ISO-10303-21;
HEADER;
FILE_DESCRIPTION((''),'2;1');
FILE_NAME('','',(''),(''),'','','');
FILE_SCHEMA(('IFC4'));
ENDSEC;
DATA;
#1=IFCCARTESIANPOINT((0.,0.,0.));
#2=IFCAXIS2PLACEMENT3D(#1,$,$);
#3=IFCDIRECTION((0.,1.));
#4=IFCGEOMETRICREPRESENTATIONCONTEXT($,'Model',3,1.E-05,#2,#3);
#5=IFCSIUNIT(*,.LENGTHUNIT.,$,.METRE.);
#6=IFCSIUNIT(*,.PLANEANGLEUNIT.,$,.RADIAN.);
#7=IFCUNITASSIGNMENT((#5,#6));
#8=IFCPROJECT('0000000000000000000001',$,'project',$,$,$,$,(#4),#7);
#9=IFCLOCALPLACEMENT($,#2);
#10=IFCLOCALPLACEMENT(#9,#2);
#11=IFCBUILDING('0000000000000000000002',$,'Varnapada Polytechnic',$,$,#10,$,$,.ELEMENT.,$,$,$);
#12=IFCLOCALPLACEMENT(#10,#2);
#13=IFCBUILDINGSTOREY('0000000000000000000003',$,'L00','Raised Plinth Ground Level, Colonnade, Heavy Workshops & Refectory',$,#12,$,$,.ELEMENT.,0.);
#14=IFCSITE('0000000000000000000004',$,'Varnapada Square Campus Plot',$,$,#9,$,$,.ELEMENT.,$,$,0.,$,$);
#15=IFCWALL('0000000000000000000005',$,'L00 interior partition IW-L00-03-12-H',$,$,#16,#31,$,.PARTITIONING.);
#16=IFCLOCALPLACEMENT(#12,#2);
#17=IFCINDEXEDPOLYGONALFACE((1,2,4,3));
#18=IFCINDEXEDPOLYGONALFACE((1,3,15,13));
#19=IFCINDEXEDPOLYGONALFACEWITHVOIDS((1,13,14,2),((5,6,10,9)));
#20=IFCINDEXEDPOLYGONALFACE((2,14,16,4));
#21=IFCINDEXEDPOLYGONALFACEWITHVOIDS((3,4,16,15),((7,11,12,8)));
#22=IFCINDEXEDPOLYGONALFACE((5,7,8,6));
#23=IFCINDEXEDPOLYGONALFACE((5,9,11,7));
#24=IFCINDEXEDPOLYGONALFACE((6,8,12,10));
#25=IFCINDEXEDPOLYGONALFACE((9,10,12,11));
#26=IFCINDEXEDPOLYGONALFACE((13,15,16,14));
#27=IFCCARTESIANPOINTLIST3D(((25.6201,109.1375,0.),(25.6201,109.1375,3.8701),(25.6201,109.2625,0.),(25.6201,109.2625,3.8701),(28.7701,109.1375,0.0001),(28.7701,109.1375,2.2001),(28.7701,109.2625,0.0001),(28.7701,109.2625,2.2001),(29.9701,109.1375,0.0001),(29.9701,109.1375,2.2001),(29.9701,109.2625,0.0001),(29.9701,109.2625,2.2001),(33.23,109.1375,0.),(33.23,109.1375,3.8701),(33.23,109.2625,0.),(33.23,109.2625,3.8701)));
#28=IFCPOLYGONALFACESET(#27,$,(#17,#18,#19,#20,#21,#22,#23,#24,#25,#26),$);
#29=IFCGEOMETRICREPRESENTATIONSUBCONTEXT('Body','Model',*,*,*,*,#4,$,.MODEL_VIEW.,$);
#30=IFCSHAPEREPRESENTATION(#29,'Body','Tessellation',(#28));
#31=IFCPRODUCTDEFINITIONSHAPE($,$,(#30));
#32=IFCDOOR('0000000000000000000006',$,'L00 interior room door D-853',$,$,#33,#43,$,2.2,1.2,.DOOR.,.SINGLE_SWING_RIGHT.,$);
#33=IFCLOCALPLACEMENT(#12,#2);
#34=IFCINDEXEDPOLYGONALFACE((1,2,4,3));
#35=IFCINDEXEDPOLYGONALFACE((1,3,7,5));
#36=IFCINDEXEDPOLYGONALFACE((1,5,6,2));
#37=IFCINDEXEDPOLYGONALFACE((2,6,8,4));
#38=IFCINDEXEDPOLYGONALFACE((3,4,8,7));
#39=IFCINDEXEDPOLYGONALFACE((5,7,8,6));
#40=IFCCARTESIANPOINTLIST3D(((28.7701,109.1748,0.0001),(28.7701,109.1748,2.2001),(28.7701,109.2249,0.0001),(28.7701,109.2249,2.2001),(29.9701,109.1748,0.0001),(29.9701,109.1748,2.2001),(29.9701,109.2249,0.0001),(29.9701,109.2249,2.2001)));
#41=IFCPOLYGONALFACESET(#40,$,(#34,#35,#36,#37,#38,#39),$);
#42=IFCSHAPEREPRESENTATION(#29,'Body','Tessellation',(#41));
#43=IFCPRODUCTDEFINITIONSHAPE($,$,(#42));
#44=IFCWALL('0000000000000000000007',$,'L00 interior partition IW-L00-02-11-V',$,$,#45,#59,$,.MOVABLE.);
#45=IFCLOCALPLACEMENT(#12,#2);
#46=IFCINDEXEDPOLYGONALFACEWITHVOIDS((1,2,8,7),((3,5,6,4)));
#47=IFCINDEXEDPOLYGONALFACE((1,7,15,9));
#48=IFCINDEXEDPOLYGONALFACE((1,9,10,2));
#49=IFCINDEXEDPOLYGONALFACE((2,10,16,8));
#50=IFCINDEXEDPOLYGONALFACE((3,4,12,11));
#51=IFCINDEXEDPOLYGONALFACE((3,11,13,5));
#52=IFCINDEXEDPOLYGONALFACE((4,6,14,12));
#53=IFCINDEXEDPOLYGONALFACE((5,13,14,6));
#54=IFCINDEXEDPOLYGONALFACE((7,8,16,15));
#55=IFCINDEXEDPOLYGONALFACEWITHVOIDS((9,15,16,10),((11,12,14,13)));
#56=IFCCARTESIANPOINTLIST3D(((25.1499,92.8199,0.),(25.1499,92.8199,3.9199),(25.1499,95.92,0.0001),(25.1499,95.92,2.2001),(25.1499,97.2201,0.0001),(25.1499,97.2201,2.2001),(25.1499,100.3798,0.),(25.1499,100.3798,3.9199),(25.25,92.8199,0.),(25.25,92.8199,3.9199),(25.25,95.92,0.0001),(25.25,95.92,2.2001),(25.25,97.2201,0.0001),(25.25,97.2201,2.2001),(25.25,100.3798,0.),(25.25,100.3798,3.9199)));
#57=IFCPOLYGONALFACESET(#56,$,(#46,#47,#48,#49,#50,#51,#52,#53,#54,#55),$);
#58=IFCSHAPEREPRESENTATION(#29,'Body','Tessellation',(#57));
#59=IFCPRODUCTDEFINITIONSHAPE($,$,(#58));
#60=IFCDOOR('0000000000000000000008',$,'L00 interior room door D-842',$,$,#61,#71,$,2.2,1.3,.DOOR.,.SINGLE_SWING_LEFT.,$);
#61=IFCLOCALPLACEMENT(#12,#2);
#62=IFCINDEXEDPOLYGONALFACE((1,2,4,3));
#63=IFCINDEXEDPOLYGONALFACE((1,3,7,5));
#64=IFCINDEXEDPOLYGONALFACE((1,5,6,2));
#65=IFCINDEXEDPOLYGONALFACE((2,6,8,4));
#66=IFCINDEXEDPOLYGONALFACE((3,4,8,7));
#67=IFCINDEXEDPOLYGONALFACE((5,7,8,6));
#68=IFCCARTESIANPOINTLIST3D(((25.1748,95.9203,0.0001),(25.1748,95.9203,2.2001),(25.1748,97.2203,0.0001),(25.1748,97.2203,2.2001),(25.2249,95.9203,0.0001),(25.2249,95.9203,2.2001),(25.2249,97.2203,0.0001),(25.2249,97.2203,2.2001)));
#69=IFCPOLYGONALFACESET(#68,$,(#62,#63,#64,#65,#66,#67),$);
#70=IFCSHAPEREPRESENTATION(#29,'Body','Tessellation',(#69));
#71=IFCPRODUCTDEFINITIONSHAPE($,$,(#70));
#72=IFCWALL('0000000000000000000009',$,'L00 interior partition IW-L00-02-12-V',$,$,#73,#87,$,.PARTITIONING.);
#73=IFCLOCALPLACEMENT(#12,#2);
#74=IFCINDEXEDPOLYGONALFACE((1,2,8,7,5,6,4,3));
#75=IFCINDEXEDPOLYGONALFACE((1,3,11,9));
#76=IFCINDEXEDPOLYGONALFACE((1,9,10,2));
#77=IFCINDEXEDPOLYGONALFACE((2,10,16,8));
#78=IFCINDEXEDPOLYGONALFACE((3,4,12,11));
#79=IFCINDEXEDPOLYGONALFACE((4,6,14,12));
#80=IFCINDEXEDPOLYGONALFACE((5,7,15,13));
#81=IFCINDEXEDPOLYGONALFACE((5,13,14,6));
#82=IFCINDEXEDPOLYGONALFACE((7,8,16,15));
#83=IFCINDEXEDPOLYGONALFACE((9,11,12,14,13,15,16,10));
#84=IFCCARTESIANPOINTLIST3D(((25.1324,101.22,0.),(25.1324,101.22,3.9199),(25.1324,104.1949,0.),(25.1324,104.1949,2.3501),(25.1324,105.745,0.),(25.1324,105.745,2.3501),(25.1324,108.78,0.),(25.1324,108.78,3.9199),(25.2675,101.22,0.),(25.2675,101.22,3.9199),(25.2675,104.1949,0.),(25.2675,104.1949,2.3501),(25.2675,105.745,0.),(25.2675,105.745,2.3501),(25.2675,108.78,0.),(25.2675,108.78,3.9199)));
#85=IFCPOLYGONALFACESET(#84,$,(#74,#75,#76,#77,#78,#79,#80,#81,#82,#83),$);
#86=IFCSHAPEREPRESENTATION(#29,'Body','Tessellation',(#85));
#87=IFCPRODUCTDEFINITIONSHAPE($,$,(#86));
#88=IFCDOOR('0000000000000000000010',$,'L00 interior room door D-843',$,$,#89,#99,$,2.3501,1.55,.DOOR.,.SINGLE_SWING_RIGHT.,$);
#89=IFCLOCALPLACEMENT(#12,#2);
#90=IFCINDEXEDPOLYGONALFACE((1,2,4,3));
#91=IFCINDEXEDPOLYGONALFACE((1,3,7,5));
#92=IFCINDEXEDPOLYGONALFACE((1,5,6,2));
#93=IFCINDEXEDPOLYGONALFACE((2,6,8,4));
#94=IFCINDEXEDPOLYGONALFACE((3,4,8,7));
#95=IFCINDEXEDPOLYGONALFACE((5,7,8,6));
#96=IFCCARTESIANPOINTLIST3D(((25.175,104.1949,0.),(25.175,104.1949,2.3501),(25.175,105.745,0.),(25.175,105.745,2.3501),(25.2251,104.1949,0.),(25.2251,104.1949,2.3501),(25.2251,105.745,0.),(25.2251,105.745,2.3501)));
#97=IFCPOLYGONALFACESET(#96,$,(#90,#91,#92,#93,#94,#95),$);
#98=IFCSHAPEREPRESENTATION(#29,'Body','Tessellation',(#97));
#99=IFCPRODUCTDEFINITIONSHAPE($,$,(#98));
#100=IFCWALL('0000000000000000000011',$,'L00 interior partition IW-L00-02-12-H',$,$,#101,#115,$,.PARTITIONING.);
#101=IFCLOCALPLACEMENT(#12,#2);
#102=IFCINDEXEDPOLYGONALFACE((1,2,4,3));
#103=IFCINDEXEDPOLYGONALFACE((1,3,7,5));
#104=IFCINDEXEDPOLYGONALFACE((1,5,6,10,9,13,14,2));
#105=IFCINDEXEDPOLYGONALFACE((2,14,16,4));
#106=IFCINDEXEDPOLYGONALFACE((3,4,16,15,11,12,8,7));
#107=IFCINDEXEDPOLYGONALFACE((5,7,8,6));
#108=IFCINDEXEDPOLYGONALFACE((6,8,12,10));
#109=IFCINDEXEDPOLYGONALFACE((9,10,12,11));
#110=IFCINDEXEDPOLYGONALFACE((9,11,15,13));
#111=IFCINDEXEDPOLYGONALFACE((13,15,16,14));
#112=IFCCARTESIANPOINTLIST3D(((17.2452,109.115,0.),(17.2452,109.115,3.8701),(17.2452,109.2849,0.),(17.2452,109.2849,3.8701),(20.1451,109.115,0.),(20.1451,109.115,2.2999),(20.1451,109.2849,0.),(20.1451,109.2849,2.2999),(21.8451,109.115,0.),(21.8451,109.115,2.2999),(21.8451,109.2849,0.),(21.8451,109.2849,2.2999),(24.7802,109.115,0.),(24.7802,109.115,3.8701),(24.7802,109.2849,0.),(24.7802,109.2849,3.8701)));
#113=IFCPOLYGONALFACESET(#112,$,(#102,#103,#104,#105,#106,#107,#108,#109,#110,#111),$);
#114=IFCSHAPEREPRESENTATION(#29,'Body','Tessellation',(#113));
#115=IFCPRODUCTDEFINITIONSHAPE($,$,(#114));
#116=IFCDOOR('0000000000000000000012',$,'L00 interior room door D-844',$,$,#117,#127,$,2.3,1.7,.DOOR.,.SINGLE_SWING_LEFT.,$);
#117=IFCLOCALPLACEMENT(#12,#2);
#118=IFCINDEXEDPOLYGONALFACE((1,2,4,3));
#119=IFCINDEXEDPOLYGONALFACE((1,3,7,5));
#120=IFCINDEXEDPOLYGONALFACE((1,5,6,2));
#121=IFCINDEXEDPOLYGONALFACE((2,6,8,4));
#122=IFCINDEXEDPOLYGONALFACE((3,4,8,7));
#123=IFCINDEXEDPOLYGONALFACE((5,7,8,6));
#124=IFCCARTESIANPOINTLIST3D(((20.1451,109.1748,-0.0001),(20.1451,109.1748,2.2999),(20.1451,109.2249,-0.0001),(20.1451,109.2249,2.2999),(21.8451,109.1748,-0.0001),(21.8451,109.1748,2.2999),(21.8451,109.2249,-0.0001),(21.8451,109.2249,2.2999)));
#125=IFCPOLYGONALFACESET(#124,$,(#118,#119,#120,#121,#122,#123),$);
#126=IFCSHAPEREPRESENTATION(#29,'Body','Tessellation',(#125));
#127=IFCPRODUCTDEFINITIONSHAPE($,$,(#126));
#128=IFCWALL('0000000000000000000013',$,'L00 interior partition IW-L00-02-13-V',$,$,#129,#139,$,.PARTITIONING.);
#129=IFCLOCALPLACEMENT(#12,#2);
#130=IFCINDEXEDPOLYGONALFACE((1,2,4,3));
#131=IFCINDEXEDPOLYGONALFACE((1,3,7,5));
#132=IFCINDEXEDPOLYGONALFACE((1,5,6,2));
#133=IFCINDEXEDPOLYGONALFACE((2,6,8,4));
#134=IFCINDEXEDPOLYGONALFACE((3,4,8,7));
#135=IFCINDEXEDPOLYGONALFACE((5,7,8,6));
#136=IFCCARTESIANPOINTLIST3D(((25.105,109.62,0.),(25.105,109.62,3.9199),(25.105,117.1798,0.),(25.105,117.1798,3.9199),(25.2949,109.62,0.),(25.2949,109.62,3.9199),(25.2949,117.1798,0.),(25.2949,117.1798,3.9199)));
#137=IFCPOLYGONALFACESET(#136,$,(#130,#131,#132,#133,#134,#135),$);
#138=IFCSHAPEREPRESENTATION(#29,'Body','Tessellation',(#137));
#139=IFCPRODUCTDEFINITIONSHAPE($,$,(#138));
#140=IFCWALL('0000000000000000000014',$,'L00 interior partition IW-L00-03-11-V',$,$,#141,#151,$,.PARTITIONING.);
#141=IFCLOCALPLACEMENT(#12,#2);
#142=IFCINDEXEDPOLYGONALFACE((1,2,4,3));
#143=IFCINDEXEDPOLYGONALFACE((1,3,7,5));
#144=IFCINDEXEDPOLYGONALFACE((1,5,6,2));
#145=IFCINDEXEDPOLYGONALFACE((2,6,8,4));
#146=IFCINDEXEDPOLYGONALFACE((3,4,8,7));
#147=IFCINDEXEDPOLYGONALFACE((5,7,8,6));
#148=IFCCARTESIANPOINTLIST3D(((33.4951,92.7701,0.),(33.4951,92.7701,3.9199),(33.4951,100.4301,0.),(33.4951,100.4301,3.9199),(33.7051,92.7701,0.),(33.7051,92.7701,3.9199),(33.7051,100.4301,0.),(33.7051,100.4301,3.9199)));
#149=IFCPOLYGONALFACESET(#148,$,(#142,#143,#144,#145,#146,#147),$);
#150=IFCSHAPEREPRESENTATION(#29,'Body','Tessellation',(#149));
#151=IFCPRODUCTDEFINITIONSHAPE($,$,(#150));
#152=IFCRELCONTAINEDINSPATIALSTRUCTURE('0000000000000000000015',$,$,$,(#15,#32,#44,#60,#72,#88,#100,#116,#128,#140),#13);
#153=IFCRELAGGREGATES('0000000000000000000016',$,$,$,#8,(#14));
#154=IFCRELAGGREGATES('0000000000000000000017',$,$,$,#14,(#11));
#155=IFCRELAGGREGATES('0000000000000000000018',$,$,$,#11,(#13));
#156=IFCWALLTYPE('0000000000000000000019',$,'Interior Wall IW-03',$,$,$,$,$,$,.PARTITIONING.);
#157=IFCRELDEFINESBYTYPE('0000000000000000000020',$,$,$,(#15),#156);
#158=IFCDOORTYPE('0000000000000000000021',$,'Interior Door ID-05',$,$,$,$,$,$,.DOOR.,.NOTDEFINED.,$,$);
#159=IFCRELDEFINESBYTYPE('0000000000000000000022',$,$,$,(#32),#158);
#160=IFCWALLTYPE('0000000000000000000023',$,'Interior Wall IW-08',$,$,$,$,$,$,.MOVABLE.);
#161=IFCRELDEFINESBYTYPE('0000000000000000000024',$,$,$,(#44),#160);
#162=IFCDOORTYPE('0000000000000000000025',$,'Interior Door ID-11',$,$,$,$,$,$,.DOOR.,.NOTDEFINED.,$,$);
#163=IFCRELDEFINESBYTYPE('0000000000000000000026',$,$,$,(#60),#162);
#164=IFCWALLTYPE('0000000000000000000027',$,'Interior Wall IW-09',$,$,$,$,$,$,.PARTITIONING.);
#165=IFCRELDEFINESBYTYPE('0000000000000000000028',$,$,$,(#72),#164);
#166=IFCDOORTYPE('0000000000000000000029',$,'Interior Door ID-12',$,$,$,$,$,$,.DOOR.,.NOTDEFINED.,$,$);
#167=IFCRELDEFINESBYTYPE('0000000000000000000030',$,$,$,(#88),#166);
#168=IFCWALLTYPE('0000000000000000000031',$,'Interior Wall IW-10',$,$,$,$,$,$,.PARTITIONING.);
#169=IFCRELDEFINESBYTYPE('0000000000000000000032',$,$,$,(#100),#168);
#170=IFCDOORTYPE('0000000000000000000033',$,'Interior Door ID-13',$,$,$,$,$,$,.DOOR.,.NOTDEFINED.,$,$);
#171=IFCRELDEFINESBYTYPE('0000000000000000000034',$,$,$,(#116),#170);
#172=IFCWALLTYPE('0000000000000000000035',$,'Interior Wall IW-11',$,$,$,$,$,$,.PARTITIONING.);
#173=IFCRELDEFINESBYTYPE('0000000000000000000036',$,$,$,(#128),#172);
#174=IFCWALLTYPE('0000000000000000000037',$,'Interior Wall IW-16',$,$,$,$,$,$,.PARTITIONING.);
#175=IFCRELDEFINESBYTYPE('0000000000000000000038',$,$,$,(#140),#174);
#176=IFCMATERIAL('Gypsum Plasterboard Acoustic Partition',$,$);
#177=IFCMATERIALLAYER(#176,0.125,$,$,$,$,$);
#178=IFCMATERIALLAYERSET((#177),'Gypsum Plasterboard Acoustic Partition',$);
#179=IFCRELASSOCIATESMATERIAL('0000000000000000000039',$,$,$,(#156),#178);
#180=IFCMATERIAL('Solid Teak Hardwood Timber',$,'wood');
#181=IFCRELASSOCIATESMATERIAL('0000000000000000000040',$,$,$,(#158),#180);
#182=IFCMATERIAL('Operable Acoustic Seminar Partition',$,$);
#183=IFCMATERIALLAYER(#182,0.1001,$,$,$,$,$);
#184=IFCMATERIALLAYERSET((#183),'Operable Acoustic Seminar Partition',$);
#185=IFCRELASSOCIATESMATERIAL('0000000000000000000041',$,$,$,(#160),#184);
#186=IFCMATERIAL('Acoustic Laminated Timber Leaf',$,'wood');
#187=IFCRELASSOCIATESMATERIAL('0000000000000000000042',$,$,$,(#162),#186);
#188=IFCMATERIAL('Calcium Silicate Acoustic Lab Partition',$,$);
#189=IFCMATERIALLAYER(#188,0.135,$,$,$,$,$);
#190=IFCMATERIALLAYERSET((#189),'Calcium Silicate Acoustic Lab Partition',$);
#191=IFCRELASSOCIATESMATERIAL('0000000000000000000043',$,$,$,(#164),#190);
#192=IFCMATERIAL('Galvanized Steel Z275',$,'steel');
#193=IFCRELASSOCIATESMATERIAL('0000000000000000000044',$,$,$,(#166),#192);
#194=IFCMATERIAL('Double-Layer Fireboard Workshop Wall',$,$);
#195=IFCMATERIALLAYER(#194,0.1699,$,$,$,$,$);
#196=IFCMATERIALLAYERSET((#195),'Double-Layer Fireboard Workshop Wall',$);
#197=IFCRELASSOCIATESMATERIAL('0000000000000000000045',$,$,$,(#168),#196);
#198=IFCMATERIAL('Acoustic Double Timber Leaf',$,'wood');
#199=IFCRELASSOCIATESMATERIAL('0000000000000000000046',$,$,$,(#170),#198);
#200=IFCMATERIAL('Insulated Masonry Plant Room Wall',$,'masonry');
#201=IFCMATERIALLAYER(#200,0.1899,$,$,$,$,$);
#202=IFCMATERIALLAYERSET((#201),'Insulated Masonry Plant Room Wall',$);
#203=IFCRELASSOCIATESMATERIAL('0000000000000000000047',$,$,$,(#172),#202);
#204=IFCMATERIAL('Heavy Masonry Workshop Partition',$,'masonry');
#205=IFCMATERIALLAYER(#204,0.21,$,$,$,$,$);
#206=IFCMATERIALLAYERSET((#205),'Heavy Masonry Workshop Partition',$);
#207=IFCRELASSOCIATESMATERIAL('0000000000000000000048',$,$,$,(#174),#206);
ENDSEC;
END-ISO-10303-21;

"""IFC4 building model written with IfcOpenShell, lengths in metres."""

from ifc_helpers import new_model, si_unit, direction, frame, frame_2d, origin, place, context, subcontext, project, spatial, rectangle, extrude, material, layer, layer_set, type_object, element, fill, save


model = new_model("IFC4")

# Units and contexts
model_context = context("Model", 3, precision=1e-05, world=origin(), true_north=direction((0.0, 1.0)))
body_context = subcontext(model_context, "Body", "Model", "MODEL_VIEW")
ifc_project = project(units=[si_unit("LENGTHUNIT", "METRE"), si_unit("PLANEANGLEUNIT", "RADIAN")], contexts=[model_context])

# Site, building, storey
site_placement = place(None, origin())
site = spatial("IfcSite", under=ifc_project, at=site_placement, Name="Varnapada Square Campus Plot", CompositionType="ELEMENT", RefElevation=0.0)
building_placement = place(site_placement, origin())
building = spatial("IfcBuilding", under=site, at=building_placement, Name="Varnapada Polytechnic", CompositionType="ELEMENT")
storey_placement = place(building_placement, origin())
storey = spatial("IfcBuildingStorey", under=building, at=storey_placement, Name="L00", Description="Raised Plinth Ground Level, Colonnade, Heavy Workshops & Refectory", CompositionType="ELEMENT", Elevation=0.0)

# Walls, openings, doors
ifc_material_1 = material(Name="Gypsum Plasterboard Acoustic Partition")
ifc_layer_1 = layer(ifc_material_1, 0.125)
ifc_layer_set_1 = layer_set([ifc_layer_1], Name="Gypsum Plasterboard Acoustic Partition")
wall_type_1 = type_object("IfcWallType", Name="Interior Wall IW-03", PredefinedType="PARTITIONING", material=ifc_layer_set_1)
wall_1_placement = place(storey_placement, frame((25.6201, 109.2, 0.0), z_axis=(0.0, 0.0, 1.0), x_axis=(1.0, 0.0, 0.0)))
wall_1 = element("IfcWall", 1, at=wall_1_placement, inside=storey, type_object=wall_type_1, Name="L00 interior partition IW-L00-03-12-H", PredefinedType="PARTITIONING", context=body_context, shape_type="SweptSolid", body=[
    extrude(rectangle(XDim=7.6099, YDim=0.125, at=frame_2d((3.8049, 0.0))), origin(), (0.0, 0.0, 1.0), 3.8701),
])
opening_1_placement = place(wall_1_placement, frame((3.1499, 0.0, 0.0)))
opening_1 = element("IfcOpeningElement", 2, at=opening_1_placement, cuts=wall_1, PredefinedType="OPENING", context=body_context, shape_type="SweptSolid", body=[
    extrude(rectangle(XDim=1.2, YDim=2.2, at=frame_2d((0.6001, 1.1001))), frame((0.0, 0.0725, 0.0), z_axis=(0.0, -1.0, 0.0), x_axis=(1.0, 0.0, 0.0)), (0.0, 0.0, 1.0), 0.145),
])
ifc_material_2 = material(Name="Solid Teak Hardwood Timber", Category="wood")
door_type_1 = type_object("IfcDoorType", Name="Interior Door ID-05", OperationType="NOTDEFINED", PredefinedType="DOOR", material=ifc_material_2)
door_1_placement = place(opening_1_placement, origin())
door_1 = element("IfcDoor", 3, at=door_1_placement, inside=storey, type_object=door_type_1, Name="L00 interior room door D-853", OperationType="SINGLE_SWING_RIGHT", OverallHeight=2.2, OverallWidth=1.2, PredefinedType="DOOR", context=body_context, shape_type="SweptSolid", body=[
    extrude(rectangle(XDim=1.2, YDim=2.2, at=frame_2d((0.6001, 1.1001))), frame((0.0, 0.0249, 0.0), z_axis=(0.0, -1.0, 0.0), x_axis=(1.0, 0.0, 0.0)), (0.0, 0.0, 1.0), 0.05),
])
fill(opening_1, door_1)
ifc_material_3 = material(Name="Operable Acoustic Seminar Partition")
ifc_layer_2 = layer(ifc_material_3, 0.1001)
ifc_layer_set_2 = layer_set([ifc_layer_2], Name="Operable Acoustic Seminar Partition")
wall_type_2 = type_object("IfcWallType", Name="Interior Wall IW-08", PredefinedType="MOVABLE", material=ifc_layer_set_2)
wall_2_placement = place(storey_placement, frame((25.2, 92.8201, 0.0), z_axis=(0.0, 0.0, 1.0), x_axis=(0.0, 1.0, 0.0)))
wall_2 = element("IfcWall", 4, at=wall_2_placement, inside=storey, type_object=wall_type_2, Name="L00 interior partition IW-L00-02-11-V", PredefinedType="MOVABLE", context=body_context, shape_type="SweptSolid", body=[
    extrude(rectangle(XDim=7.5598, YDim=0.1001, at=frame_2d((3.7798, 0.0))), origin(), (0.0, 0.0, 1.0), 3.9199),
])
opening_2_placement = place(wall_2_placement, frame((3.1001, 0.0, 0.0)))
opening_2 = element("IfcOpeningElement", 5, at=opening_2_placement, cuts=wall_2, PredefinedType="OPENING", context=body_context, shape_type="SweptSolid", body=[
    extrude(rectangle(XDim=1.3, YDim=2.2, at=frame_2d((0.6499, 1.1001))), frame((0.0, 0.0601, 0.0), z_axis=(0.0, -1.0, 0.0), x_axis=(1.0, 0.0, 0.0)), (0.0, 0.0, 1.0), 0.1201),
])
ifc_material_4 = material(Name="Acoustic Laminated Timber Leaf", Category="wood")
door_type_2 = type_object("IfcDoorType", Name="Interior Door ID-11", OperationType="NOTDEFINED", PredefinedType="DOOR", material=ifc_material_4)
door_2_placement = place(opening_2_placement, frame((1.3, 0.0, 0.0), z_axis=(0.0, 0.0, 1.0), x_axis=(-1.0, 0.0, 0.0)))
door_2 = element("IfcDoor", 6, at=door_2_placement, inside=storey, type_object=door_type_2, Name="L00 interior room door D-842", OperationType="SINGLE_SWING_LEFT", OverallHeight=2.2, OverallWidth=1.3, PredefinedType="DOOR", context=body_context, shape_type="SweptSolid", body=[
    extrude(rectangle(XDim=1.3, YDim=2.2, at=frame_2d((0.6499, 1.1001))), frame((0.0, 0.0249, 0.0), z_axis=(0.0, -1.0, 0.0), x_axis=(1.0, 0.0, 0.0)), (0.0, 0.0, 1.0), 0.05),
])
fill(opening_2, door_2)
ifc_material_5 = material(Name="Calcium Silicate Acoustic Lab Partition")
ifc_layer_3 = layer(ifc_material_5, 0.135)
ifc_layer_set_3 = layer_set([ifc_layer_3], Name="Calcium Silicate Acoustic Lab Partition")
wall_type_3 = type_object("IfcWallType", Name="Interior Wall IW-09", PredefinedType="PARTITIONING", material=ifc_layer_set_3)
wall_3_placement = place(storey_placement, frame((25.2, 101.22, 0.0), z_axis=(0.0, 0.0, 1.0), x_axis=(0.0, 1.0, 0.0)))
wall_3 = element("IfcWall", 7, at=wall_3_placement, inside=storey, type_object=wall_type_3, Name="L00 interior partition IW-L00-02-12-V", PredefinedType="PARTITIONING", context=body_context, shape_type="SweptSolid", body=[
    extrude(rectangle(XDim=7.5601, YDim=0.135, at=frame_2d((3.78, 0.0))), origin(), (0.0, 0.0, 1.0), 3.9199),
])
opening_3_placement = place(wall_3_placement, frame((2.9751, 0.0, 0.0)))
opening_3 = element("IfcOpeningElement", 8, at=opening_3_placement, cuts=wall_3, PredefinedType="OPENING", context=body_context, shape_type="SweptSolid", body=[
    extrude(rectangle(XDim=1.55, YDim=2.3501, at=frame_2d((0.7749, 1.175))), frame((0.0, 0.0774, 0.0), z_axis=(0.0, -1.0, 0.0), x_axis=(1.0, 0.0, 0.0)), (0.0, 0.0, 1.0), 0.155),
])
ifc_material_6 = material(Name="Galvanized Steel Z275", Category="steel")
door_type_3 = type_object("IfcDoorType", Name="Interior Door ID-12", OperationType="NOTDEFINED", PredefinedType="DOOR", material=ifc_material_6)
door_3_placement = place(opening_3_placement, origin())
door_3 = element("IfcDoor", 9, at=door_3_placement, inside=storey, type_object=door_type_3, Name="L00 interior room door D-843", OperationType="SINGLE_SWING_RIGHT", OverallHeight=2.3501, OverallWidth=1.55, PredefinedType="DOOR", context=body_context, shape_type="SweptSolid", body=[
    extrude(rectangle(XDim=1.55, YDim=2.3501, at=frame_2d((0.7749, 1.175))), frame((0.0, 0.0249, 0.0), z_axis=(0.0, -1.0, 0.0), x_axis=(1.0, 0.0, 0.0)), (0.0, 0.0, 1.0), 0.05),
])
fill(opening_3, door_3)
ifc_material_7 = material(Name="Double-Layer Fireboard Workshop Wall")
ifc_layer_4 = layer(ifc_material_7, 0.1699)
ifc_layer_set_4 = layer_set([ifc_layer_4], Name="Double-Layer Fireboard Workshop Wall")
wall_type_4 = type_object("IfcWallType", Name="Interior Wall IW-10", PredefinedType="PARTITIONING", material=ifc_layer_set_4)
wall_4_placement = place(storey_placement, frame((17.2451, 109.2, 0.0), z_axis=(0.0, 0.0, 1.0), x_axis=(1.0, 0.0, 0.0)))
wall_4 = element("IfcWall", 10, at=wall_4_placement, inside=storey, type_object=wall_type_4, Name="L00 interior partition IW-L00-02-12-H", PredefinedType="PARTITIONING", context=body_context, shape_type="SweptSolid", body=[
    extrude(rectangle(XDim=7.5349, YDim=0.1699, at=frame_2d((3.7676, 0.0))), origin(), (0.0, 0.0, 1.0), 3.8701),
])
opening_4_placement = place(wall_4_placement, frame((2.8999, 0.0, 0.0)))
opening_4 = element("IfcOpeningElement", 11, at=opening_4_placement, cuts=wall_4, PredefinedType="OPENING", context=body_context, shape_type="SweptSolid", body=[
    extrude(rectangle(XDim=1.7, YDim=2.3, at=frame_2d((0.8501, 1.1499))), frame((0.0, 0.095, 0.0), z_axis=(0.0, -1.0, 0.0), x_axis=(1.0, 0.0, 0.0)), (0.0, 0.0, 1.0), 0.1899),
])
ifc_material_8 = material(Name="Acoustic Double Timber Leaf", Category="wood")
door_type_4 = type_object("IfcDoorType", Name="Interior Door ID-13", OperationType="NOTDEFINED", PredefinedType="DOOR", material=ifc_material_8)
door_4_placement = place(opening_4_placement, origin())
door_4 = element("IfcDoor", 12, at=door_4_placement, inside=storey, type_object=door_type_4, Name="L00 interior room door D-844", OperationType="SINGLE_SWING_LEFT", OverallHeight=2.3, OverallWidth=1.7, PredefinedType="DOOR", context=body_context, shape_type="SweptSolid", body=[
    extrude(rectangle(XDim=1.7, YDim=2.3, at=frame_2d((0.8501, 1.1499))), frame((0.0, 0.0249, 0.0), z_axis=(0.0, -1.0, 0.0), x_axis=(1.0, 0.0, 0.0)), (0.0, 0.0, 1.0), 0.05),
])
fill(opening_4, door_4)

# Walls
ifc_material_9 = material(Name="Insulated Masonry Plant Room Wall", Category="masonry")
ifc_layer_5 = layer(ifc_material_9, 0.1899)
ifc_layer_set_5 = layer_set([ifc_layer_5], Name="Insulated Masonry Plant Room Wall")
wall_type_5 = type_object("IfcWallType", Name="Interior Wall IW-11", PredefinedType="PARTITIONING", material=ifc_layer_set_5)
wall_5_placement = place(storey_placement, frame((25.2, 109.6201, 0.0), z_axis=(0.0, 0.0, 1.0), x_axis=(0.0, 1.0, 0.0)))
element("IfcWall", 13, at=wall_5_placement, inside=storey, type_object=wall_type_5, Name="L00 interior partition IW-L00-02-13-V", PredefinedType="PARTITIONING", context=body_context, shape_type="SweptSolid", body=[
    extrude(rectangle(XDim=7.5598, YDim=0.1899, at=frame_2d((3.7798, 0.0))), origin(), (0.0, 0.0, 1.0), 3.9199),
])
ifc_material_10 = material(Name="Heavy Masonry Workshop Partition", Category="masonry")
ifc_layer_6 = layer(ifc_material_10, 0.21)
ifc_layer_set_6 = layer_set([ifc_layer_6], Name="Heavy Masonry Workshop Partition")
wall_type_6 = type_object("IfcWallType", Name="Interior Wall IW-16", PredefinedType="PARTITIONING", material=ifc_layer_set_6)
wall_6_placement = place(storey_placement, frame((33.6001, 92.77, 0.0), z_axis=(0.0, 0.0, 1.0), x_axis=(0.0, 1.0, 0.0)))
element("IfcWall", 14, at=wall_6_placement, inside=storey, type_object=wall_type_6, Name="L00 interior partition IW-L00-03-11-V", PredefinedType="PARTITIONING", context=body_context, shape_type="SweptSolid", body=[
    extrude(rectangle(XDim=7.6599, YDim=0.21, at=frame_2d((3.8301, 0.0))), origin(), (0.0, 0.0, 1.0), 3.9199),
])

save(model, "model.ifc")
